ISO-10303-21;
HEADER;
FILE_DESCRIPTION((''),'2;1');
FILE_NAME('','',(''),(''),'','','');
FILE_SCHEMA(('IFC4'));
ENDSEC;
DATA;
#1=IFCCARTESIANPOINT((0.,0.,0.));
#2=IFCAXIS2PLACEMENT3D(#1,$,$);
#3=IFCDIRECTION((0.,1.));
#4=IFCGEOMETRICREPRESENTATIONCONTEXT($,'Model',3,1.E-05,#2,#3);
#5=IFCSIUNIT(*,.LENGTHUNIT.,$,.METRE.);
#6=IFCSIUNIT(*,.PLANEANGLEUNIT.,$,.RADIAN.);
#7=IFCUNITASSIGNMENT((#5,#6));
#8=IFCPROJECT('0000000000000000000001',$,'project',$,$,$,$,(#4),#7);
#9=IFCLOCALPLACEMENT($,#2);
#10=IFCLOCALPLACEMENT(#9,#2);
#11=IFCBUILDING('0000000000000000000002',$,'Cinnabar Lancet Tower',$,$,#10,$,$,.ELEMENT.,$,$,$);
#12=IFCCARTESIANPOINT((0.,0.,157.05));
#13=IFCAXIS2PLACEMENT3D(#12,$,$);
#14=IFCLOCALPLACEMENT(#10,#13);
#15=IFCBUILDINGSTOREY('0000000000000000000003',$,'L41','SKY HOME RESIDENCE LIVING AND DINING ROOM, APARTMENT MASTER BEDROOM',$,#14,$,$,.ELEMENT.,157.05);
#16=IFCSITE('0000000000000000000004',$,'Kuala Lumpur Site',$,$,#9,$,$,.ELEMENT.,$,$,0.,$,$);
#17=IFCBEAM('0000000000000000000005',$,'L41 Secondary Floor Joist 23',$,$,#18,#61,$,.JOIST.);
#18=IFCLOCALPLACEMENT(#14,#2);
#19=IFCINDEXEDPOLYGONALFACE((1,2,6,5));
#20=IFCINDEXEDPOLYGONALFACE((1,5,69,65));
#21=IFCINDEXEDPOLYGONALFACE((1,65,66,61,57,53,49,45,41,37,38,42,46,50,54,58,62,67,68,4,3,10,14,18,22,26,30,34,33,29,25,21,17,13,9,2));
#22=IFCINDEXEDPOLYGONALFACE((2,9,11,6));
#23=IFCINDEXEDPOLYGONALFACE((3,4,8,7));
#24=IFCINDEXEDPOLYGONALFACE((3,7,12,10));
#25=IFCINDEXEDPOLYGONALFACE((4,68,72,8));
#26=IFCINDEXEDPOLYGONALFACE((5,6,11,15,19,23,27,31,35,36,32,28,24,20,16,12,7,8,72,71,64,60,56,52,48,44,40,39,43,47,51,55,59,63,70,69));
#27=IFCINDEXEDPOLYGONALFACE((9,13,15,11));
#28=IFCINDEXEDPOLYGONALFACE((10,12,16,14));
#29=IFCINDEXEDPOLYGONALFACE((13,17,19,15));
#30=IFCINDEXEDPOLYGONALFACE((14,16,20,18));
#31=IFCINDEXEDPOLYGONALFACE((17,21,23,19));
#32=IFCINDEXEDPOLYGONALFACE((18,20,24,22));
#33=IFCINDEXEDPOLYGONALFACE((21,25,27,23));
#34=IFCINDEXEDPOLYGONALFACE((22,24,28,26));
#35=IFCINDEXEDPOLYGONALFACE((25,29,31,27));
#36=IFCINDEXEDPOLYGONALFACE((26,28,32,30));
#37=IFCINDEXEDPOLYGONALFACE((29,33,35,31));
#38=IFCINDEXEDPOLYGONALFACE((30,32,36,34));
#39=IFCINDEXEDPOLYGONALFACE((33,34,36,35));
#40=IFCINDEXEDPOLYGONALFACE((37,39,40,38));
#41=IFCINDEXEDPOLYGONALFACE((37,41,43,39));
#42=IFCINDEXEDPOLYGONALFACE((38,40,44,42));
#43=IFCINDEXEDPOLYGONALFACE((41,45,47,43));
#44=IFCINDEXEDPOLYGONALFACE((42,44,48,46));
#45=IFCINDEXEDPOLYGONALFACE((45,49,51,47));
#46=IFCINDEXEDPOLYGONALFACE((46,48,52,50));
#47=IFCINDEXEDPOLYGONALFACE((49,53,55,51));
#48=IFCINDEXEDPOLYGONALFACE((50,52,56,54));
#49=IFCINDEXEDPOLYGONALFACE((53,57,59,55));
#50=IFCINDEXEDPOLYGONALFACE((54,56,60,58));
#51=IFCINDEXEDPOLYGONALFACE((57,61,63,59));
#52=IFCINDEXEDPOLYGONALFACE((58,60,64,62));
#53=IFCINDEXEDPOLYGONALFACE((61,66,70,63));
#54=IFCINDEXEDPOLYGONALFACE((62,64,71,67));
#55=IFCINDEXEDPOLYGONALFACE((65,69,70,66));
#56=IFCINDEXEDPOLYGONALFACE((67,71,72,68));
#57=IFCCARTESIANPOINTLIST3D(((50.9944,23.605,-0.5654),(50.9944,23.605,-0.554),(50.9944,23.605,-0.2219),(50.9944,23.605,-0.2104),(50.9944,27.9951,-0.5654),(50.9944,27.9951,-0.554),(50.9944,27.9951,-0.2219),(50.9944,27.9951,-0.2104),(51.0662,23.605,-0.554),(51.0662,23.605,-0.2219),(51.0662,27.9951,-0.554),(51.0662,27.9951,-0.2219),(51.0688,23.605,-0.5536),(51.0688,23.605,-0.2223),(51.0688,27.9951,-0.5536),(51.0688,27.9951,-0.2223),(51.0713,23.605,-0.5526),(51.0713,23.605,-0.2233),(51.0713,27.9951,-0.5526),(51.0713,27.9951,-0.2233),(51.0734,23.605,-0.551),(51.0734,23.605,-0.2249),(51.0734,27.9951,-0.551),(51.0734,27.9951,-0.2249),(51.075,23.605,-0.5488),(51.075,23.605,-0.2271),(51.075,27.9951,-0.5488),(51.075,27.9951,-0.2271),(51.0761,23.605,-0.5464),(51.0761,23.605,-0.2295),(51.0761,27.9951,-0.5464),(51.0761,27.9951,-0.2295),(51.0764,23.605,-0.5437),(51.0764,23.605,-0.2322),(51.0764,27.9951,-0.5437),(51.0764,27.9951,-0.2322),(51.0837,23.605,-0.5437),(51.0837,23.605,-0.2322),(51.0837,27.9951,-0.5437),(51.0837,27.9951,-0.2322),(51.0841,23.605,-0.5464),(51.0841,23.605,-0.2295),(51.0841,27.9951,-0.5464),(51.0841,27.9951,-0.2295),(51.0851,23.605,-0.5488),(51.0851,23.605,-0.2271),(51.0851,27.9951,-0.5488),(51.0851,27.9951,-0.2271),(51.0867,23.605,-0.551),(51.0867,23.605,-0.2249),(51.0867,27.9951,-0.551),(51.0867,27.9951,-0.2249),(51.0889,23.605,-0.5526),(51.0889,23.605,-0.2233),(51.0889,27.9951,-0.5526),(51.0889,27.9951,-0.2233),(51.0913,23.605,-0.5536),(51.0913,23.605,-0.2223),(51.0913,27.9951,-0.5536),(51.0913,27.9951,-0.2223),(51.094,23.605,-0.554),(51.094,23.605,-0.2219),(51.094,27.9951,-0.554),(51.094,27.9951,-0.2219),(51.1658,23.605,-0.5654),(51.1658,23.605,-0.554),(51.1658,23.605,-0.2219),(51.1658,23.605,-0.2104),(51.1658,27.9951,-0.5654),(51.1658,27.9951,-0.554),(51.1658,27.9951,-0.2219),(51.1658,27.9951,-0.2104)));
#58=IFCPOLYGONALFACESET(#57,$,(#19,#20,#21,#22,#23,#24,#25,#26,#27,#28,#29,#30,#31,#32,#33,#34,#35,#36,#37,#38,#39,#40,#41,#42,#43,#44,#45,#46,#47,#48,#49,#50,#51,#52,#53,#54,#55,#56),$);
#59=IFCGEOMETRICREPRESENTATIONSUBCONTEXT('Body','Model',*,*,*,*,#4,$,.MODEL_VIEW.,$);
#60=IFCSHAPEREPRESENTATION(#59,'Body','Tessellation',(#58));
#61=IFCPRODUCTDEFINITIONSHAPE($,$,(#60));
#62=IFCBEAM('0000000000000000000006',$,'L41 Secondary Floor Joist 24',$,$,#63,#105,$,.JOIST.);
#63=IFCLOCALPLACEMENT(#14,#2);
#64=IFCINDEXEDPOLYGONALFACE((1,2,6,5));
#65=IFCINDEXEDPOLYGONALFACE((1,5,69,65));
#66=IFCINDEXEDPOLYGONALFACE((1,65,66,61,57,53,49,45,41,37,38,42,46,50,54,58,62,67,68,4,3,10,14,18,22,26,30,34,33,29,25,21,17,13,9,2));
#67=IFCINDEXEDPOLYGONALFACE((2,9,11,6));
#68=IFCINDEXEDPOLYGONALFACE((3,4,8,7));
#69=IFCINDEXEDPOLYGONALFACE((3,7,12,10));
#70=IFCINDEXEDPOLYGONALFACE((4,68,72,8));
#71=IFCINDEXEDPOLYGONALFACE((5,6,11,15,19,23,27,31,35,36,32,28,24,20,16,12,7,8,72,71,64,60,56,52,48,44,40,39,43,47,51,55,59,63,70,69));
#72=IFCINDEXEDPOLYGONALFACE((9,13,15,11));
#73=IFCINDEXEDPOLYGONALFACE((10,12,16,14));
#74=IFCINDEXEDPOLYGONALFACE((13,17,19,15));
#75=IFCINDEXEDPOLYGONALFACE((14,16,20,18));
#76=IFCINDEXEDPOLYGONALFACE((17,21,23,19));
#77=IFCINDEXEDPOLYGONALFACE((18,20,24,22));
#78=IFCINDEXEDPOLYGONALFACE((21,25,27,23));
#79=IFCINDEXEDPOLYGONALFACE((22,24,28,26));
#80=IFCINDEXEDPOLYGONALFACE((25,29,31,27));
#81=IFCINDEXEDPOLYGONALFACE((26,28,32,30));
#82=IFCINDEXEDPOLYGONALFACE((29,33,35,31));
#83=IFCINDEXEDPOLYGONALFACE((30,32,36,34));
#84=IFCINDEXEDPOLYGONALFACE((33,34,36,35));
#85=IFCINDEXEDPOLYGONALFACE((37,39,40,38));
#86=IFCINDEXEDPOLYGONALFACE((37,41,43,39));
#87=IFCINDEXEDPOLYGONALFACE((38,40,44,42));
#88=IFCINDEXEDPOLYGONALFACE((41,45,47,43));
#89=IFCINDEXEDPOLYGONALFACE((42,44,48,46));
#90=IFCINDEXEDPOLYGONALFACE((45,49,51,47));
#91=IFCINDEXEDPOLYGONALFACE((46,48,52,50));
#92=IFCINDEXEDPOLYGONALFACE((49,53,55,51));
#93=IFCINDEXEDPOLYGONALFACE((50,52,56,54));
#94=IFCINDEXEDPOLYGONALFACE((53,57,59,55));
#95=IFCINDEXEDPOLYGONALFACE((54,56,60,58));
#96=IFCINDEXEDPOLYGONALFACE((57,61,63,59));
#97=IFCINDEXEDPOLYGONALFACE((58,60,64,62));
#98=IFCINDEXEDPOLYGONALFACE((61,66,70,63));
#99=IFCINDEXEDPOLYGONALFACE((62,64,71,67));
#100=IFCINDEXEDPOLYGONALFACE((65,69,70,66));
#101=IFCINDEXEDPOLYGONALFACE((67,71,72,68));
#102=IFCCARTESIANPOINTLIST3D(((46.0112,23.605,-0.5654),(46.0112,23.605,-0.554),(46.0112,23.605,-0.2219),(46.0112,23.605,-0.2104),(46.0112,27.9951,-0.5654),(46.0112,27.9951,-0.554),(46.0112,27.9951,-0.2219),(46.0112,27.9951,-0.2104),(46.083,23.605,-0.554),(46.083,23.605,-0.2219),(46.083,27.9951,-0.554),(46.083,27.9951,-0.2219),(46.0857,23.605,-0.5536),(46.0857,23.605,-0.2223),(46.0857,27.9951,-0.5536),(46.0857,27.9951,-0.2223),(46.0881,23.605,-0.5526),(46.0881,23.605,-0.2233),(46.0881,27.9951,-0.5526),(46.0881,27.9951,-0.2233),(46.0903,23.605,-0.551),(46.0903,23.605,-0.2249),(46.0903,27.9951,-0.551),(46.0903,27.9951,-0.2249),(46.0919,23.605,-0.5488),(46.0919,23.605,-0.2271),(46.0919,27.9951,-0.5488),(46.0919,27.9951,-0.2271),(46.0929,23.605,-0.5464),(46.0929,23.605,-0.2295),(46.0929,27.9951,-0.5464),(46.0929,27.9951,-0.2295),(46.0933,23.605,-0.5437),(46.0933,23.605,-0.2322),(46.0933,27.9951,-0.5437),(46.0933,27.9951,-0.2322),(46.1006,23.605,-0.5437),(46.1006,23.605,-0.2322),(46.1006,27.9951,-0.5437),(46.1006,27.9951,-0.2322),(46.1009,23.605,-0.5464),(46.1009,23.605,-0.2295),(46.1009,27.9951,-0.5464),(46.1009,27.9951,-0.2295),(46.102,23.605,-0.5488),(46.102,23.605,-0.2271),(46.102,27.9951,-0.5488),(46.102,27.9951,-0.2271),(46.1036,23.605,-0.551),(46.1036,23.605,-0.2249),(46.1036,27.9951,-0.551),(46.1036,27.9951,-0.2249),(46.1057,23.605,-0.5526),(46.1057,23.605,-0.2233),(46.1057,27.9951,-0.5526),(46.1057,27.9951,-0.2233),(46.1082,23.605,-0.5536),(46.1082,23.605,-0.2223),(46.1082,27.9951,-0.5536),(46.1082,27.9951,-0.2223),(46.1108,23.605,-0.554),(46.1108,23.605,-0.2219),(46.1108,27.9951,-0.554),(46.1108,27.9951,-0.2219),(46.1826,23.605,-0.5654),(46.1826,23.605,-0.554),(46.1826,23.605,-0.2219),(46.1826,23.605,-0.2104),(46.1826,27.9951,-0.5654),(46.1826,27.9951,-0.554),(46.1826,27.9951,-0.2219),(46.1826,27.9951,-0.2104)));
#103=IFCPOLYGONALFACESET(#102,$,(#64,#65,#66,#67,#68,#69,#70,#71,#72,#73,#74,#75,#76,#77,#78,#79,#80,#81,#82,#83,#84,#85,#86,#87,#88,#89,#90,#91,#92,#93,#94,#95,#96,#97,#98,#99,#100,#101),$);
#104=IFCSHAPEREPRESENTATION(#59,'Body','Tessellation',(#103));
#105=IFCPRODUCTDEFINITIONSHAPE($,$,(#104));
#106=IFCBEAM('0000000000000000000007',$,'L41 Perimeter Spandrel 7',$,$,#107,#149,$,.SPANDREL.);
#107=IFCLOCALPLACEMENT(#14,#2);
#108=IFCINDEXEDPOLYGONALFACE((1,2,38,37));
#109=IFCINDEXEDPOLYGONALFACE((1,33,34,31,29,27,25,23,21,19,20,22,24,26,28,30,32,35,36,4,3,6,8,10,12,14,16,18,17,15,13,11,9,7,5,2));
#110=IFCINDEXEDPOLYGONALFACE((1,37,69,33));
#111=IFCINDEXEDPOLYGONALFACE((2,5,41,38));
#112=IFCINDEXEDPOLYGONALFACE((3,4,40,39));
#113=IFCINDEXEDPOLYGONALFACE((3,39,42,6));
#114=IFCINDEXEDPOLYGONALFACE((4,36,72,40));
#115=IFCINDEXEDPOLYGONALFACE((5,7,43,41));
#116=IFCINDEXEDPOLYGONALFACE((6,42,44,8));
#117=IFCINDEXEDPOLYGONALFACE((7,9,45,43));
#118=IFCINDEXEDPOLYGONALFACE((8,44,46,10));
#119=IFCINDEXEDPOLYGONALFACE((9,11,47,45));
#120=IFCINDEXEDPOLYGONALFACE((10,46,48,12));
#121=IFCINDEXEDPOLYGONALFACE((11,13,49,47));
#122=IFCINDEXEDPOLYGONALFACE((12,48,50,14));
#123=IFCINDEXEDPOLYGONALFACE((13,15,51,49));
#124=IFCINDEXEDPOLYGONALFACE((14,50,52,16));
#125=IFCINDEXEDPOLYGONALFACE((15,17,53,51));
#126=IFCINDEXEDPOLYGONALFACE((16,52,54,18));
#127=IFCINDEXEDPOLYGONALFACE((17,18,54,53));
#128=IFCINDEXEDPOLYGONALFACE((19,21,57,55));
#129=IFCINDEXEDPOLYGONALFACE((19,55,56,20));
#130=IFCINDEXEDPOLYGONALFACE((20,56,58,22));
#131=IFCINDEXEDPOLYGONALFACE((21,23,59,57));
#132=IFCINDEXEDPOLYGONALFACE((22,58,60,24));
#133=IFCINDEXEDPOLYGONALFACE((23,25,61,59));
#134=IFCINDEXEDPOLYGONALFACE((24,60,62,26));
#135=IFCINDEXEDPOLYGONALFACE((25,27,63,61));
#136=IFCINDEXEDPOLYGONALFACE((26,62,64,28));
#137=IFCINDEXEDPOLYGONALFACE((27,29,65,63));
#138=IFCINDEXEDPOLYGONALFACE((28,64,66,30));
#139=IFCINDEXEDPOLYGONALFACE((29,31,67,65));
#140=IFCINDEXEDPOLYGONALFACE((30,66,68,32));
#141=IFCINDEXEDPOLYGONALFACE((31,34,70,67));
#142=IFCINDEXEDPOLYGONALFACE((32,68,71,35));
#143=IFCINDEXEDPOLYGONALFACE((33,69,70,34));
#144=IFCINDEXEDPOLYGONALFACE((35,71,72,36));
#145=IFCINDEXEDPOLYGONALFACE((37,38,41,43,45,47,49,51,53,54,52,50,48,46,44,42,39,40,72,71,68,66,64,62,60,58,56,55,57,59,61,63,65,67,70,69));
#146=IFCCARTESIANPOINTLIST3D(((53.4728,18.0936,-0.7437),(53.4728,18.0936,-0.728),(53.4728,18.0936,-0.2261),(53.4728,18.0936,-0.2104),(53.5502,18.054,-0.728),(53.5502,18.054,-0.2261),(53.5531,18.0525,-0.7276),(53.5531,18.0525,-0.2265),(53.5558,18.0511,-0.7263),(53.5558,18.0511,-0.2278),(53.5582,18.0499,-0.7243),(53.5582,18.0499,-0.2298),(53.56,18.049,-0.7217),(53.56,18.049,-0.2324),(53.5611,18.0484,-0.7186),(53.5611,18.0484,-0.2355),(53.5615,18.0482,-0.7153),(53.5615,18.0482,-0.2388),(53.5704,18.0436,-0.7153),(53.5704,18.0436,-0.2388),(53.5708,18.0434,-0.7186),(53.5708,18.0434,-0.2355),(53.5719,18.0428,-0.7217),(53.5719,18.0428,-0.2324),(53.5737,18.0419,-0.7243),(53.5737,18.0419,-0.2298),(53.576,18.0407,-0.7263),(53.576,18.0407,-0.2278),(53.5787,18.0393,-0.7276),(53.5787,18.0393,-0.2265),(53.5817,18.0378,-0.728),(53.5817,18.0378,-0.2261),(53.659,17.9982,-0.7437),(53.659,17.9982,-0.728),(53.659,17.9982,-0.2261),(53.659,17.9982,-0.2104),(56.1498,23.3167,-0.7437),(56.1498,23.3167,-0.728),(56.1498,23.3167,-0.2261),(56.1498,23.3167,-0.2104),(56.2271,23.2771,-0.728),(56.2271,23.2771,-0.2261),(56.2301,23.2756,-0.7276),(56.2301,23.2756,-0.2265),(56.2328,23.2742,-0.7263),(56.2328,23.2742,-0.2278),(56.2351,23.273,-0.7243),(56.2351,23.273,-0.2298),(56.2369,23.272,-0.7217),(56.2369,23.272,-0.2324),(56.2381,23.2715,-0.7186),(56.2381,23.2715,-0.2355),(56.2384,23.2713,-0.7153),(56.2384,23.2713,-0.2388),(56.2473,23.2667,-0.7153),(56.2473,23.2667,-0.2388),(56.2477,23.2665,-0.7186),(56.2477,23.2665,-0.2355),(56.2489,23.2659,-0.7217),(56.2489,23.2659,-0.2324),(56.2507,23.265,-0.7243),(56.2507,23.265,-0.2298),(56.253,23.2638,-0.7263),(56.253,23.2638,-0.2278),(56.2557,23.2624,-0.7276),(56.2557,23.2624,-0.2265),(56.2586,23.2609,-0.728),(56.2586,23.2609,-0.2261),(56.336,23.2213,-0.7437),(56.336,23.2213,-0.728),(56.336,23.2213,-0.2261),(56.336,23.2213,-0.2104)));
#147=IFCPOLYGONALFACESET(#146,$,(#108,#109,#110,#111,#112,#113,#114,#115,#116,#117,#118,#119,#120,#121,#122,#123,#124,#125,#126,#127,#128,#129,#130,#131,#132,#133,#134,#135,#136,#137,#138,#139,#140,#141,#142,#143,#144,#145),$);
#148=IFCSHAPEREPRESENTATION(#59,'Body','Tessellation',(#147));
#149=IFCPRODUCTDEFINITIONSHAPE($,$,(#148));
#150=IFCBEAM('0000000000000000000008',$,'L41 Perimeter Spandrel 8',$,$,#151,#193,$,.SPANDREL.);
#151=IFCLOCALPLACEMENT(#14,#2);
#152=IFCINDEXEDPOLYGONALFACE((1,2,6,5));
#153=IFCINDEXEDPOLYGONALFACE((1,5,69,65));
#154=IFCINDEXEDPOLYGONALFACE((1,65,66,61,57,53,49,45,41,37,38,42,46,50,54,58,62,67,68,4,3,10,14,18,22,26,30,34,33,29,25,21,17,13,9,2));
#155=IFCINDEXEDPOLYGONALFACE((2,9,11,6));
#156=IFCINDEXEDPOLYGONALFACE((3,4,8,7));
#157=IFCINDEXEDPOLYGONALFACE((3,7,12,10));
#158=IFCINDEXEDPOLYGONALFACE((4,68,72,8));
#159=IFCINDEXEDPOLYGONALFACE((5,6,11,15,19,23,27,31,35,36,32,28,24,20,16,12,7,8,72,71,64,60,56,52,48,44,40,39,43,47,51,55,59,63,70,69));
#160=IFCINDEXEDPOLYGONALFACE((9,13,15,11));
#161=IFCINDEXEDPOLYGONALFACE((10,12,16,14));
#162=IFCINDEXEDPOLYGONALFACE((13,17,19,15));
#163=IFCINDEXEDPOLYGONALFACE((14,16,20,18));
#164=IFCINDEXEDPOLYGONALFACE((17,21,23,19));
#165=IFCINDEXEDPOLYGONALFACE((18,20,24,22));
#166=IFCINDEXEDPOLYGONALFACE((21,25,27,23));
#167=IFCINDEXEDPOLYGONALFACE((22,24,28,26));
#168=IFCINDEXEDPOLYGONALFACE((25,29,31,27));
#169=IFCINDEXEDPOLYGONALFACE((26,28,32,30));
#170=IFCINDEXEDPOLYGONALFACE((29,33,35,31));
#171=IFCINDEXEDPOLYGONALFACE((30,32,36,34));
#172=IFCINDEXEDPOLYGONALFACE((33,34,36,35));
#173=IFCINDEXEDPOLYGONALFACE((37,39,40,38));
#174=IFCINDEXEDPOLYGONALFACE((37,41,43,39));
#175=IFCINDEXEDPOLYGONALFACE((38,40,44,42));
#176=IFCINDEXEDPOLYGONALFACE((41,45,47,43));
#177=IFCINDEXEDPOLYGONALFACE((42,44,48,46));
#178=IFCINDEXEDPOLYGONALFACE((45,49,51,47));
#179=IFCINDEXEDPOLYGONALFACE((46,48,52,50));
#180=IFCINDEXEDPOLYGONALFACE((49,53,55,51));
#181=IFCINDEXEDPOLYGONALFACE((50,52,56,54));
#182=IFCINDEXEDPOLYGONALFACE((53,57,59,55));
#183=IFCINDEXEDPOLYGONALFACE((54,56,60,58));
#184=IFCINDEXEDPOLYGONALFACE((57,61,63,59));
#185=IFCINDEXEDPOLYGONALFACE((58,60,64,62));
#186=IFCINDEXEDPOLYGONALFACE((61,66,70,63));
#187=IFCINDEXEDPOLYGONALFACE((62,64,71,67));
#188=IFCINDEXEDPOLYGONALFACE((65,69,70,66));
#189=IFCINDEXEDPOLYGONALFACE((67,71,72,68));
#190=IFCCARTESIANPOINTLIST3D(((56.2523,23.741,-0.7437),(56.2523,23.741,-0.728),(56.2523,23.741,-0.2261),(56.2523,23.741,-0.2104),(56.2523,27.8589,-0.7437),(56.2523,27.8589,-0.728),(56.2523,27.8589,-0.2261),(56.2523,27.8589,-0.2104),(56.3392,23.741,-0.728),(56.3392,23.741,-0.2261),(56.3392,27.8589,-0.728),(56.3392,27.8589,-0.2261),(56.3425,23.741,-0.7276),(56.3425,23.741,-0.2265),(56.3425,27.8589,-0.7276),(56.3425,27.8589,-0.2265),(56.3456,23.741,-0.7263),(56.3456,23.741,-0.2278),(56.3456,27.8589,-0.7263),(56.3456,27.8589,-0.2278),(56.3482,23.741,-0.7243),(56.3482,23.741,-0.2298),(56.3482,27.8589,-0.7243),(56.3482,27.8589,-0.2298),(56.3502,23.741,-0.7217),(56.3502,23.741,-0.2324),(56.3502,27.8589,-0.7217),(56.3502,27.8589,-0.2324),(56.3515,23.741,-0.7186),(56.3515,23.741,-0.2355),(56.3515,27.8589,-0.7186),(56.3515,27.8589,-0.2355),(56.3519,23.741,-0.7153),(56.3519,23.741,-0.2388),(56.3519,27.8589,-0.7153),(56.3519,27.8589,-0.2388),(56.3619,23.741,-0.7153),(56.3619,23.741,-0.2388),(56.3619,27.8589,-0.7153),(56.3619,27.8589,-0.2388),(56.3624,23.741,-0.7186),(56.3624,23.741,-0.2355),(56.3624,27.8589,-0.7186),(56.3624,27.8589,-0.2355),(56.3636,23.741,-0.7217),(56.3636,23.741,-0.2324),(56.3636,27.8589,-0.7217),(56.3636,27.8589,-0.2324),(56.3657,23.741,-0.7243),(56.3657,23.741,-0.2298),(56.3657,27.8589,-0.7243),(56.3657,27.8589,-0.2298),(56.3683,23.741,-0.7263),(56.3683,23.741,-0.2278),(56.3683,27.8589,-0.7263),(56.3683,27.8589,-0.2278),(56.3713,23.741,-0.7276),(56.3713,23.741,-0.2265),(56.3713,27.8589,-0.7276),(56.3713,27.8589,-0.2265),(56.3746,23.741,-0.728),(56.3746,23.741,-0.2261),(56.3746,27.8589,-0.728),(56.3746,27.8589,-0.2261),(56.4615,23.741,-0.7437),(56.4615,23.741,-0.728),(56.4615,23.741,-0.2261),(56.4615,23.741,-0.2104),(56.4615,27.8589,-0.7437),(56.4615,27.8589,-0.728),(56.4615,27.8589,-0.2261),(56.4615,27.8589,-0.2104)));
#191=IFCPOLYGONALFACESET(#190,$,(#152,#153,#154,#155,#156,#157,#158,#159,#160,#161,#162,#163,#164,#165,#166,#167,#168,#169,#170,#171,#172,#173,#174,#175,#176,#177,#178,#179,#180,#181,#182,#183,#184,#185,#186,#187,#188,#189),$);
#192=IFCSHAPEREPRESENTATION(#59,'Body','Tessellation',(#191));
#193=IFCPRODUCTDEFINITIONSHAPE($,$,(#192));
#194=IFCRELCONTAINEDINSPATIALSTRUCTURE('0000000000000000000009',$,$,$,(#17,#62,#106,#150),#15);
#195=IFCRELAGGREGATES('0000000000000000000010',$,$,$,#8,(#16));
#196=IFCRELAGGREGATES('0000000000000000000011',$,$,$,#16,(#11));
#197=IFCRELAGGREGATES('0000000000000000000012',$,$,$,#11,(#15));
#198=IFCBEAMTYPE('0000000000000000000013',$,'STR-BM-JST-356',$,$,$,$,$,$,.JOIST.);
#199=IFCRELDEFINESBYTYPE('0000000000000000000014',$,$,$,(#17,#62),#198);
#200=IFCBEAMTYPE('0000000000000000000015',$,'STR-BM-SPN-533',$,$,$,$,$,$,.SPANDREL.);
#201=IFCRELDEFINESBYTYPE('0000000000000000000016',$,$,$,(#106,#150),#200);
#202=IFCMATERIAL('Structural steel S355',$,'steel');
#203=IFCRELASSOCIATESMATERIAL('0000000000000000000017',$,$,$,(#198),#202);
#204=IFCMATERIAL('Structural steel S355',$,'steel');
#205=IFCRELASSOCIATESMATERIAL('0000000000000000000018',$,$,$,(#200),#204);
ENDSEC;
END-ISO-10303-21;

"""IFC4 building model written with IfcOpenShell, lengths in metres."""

from ifc_helpers import new_model, si_unit, direction, frame, origin, origin_2d, place, context, subcontext, project, spatial, i_section, extrude, material, material_profile, profile_set, type_object, element, save


model = new_model("IFC4")

# Units and contexts
model_context = context("Model", 3, precision=1e-05, world=origin(), true_north=direction((0.0, 1.0)))
body_context = subcontext(model_context, "Body", "Model", "MODEL_VIEW")
ifc_project = project(units=[si_unit("LENGTHUNIT", "METRE"), si_unit("PLANEANGLEUNIT", "RADIAN")], contexts=[model_context])

# Site, building, storey
site_placement = place(None, origin())
site = spatial("IfcSite", under=ifc_project, at=site_placement, Name="Kuala Lumpur Site", CompositionType="ELEMENT", RefElevation=0.0)
building_placement = place(site_placement, origin())
building = spatial("IfcBuilding", under=site, at=building_placement, Name="Cinnabar Lancet Tower", CompositionType="ELEMENT")
storey_placement = place(building_placement, frame((0.0, 0.0, 157.05)))
storey = spatial("IfcBuildingStorey", under=building, at=storey_placement, Name="L41", Description="SKY HOME RESIDENCE LIVING AND DINING ROOM, APARTMENT MASTER BEDROOM", CompositionType="ELEMENT", Elevation=157.05)

# Beams
ifc_material_1 = material(Name="Structural steel S355", Category="steel")
ifc_material_profile_1 = material_profile(ifc_material_1, i_section(OverallWidth=0.1714, OverallDepth=0.355, WebThickness=0.0073, FlangeThickness=0.0115, FilletRadius=0.0103, at=origin_2d()), Name="UKB 356x171x51")
ifc_profile_set_1 = profile_set([ifc_material_profile_1], Name="Structural steel S355")
beam_type_1 = type_object("IfcBeamType", Name="STR-BM-JST-356", PredefinedType="JOIST", material=ifc_profile_set_1)
for number, where, z_axis, x_axis, name in (
    (1, (51.0801, 23.605, -0.3879), (0.0, 1.0, 0.0), (-1.0, 0.0, 0.0), "L41 Secondary Floor Joist 23"),
    (2, (46.0969, 23.605, -0.3879), (0.0, 1.0, 0.0), (-1.0, 0.0, 0.0), "L41 Secondary Floor Joist 24"),
):
    element("IfcBeam", number, at=place(storey_placement, frame(where, z_axis=z_axis, x_axis=x_axis)), inside=storey, type_object=beam_type_1, Name=name, PredefinedType="JOIST", context=body_context, shape_type="SweptSolid", body=[
        extrude(i_section(OverallWidth=0.1714, OverallDepth=0.355, WebThickness=0.0073, FlangeThickness=0.0115, FilletRadius=0.0103, at=origin_2d()), origin(), (0.0, 0.0, 1.0), 4.3901),
    ])
ifc_material_2 = material(Name="Structural steel S355", Category="steel")
ifc_material_profile_2 = material_profile(ifc_material_2, i_section(OverallWidth=0.2092, OverallDepth=0.5332, WebThickness=0.01, FlangeThickness=0.0156, FilletRadius=0.0127, at=origin_2d()), Name="UKB 533x210x92")
ifc_profile_set_2 = profile_set([ifc_material_profile_2], Name="Structural steel S355")
beam_type_2 = type_object("IfcBeamType", Name="STR-BM-SPN-533", PredefinedType="SPANDREL", material=ifc_profile_set_2)
beam_1_placement = place(storey_placement, frame((53.5659, 18.0459, -0.4771), z_axis=(0.45611, 0.889924, 0.0), x_axis=(-0.889924, 0.45611, 0.0)))
element("IfcBeam", 3, at=beam_1_placement, inside=storey, type_object=beam_type_2, Name="L41 Perimeter Spandrel 7", PredefinedType="SPANDREL", context=body_context, shape_type="SweptSolid", body=[
    extrude(i_section(OverallWidth=0.2092, OverallDepth=0.5332, WebThickness=0.01, FlangeThickness=0.0156, FilletRadius=0.0127, at=origin_2d()), origin(), (0.0, 0.0, 1.0), 5.8691),
])
beam_2_placement = place(storey_placement, frame((56.3569, 23.741, -0.4771), z_axis=(0.0, 1.0, 0.0), x_axis=(-1.0, 0.0, 0.0)))
element("IfcBeam", 4, at=beam_2_placement, inside=storey, type_object=beam_type_2, Name="L41 Perimeter Spandrel 8", PredefinedType="SPANDREL", context=body_context, shape_type="SweptSolid", body=[
    extrude(i_section(OverallWidth=0.2092, OverallDepth=0.5332, WebThickness=0.01, FlangeThickness=0.0156, FilletRadius=0.0127, at=origin_2d()), origin(), (0.0, 0.0, 1.0), 4.1179),
])

save(model, "model.ifc")
